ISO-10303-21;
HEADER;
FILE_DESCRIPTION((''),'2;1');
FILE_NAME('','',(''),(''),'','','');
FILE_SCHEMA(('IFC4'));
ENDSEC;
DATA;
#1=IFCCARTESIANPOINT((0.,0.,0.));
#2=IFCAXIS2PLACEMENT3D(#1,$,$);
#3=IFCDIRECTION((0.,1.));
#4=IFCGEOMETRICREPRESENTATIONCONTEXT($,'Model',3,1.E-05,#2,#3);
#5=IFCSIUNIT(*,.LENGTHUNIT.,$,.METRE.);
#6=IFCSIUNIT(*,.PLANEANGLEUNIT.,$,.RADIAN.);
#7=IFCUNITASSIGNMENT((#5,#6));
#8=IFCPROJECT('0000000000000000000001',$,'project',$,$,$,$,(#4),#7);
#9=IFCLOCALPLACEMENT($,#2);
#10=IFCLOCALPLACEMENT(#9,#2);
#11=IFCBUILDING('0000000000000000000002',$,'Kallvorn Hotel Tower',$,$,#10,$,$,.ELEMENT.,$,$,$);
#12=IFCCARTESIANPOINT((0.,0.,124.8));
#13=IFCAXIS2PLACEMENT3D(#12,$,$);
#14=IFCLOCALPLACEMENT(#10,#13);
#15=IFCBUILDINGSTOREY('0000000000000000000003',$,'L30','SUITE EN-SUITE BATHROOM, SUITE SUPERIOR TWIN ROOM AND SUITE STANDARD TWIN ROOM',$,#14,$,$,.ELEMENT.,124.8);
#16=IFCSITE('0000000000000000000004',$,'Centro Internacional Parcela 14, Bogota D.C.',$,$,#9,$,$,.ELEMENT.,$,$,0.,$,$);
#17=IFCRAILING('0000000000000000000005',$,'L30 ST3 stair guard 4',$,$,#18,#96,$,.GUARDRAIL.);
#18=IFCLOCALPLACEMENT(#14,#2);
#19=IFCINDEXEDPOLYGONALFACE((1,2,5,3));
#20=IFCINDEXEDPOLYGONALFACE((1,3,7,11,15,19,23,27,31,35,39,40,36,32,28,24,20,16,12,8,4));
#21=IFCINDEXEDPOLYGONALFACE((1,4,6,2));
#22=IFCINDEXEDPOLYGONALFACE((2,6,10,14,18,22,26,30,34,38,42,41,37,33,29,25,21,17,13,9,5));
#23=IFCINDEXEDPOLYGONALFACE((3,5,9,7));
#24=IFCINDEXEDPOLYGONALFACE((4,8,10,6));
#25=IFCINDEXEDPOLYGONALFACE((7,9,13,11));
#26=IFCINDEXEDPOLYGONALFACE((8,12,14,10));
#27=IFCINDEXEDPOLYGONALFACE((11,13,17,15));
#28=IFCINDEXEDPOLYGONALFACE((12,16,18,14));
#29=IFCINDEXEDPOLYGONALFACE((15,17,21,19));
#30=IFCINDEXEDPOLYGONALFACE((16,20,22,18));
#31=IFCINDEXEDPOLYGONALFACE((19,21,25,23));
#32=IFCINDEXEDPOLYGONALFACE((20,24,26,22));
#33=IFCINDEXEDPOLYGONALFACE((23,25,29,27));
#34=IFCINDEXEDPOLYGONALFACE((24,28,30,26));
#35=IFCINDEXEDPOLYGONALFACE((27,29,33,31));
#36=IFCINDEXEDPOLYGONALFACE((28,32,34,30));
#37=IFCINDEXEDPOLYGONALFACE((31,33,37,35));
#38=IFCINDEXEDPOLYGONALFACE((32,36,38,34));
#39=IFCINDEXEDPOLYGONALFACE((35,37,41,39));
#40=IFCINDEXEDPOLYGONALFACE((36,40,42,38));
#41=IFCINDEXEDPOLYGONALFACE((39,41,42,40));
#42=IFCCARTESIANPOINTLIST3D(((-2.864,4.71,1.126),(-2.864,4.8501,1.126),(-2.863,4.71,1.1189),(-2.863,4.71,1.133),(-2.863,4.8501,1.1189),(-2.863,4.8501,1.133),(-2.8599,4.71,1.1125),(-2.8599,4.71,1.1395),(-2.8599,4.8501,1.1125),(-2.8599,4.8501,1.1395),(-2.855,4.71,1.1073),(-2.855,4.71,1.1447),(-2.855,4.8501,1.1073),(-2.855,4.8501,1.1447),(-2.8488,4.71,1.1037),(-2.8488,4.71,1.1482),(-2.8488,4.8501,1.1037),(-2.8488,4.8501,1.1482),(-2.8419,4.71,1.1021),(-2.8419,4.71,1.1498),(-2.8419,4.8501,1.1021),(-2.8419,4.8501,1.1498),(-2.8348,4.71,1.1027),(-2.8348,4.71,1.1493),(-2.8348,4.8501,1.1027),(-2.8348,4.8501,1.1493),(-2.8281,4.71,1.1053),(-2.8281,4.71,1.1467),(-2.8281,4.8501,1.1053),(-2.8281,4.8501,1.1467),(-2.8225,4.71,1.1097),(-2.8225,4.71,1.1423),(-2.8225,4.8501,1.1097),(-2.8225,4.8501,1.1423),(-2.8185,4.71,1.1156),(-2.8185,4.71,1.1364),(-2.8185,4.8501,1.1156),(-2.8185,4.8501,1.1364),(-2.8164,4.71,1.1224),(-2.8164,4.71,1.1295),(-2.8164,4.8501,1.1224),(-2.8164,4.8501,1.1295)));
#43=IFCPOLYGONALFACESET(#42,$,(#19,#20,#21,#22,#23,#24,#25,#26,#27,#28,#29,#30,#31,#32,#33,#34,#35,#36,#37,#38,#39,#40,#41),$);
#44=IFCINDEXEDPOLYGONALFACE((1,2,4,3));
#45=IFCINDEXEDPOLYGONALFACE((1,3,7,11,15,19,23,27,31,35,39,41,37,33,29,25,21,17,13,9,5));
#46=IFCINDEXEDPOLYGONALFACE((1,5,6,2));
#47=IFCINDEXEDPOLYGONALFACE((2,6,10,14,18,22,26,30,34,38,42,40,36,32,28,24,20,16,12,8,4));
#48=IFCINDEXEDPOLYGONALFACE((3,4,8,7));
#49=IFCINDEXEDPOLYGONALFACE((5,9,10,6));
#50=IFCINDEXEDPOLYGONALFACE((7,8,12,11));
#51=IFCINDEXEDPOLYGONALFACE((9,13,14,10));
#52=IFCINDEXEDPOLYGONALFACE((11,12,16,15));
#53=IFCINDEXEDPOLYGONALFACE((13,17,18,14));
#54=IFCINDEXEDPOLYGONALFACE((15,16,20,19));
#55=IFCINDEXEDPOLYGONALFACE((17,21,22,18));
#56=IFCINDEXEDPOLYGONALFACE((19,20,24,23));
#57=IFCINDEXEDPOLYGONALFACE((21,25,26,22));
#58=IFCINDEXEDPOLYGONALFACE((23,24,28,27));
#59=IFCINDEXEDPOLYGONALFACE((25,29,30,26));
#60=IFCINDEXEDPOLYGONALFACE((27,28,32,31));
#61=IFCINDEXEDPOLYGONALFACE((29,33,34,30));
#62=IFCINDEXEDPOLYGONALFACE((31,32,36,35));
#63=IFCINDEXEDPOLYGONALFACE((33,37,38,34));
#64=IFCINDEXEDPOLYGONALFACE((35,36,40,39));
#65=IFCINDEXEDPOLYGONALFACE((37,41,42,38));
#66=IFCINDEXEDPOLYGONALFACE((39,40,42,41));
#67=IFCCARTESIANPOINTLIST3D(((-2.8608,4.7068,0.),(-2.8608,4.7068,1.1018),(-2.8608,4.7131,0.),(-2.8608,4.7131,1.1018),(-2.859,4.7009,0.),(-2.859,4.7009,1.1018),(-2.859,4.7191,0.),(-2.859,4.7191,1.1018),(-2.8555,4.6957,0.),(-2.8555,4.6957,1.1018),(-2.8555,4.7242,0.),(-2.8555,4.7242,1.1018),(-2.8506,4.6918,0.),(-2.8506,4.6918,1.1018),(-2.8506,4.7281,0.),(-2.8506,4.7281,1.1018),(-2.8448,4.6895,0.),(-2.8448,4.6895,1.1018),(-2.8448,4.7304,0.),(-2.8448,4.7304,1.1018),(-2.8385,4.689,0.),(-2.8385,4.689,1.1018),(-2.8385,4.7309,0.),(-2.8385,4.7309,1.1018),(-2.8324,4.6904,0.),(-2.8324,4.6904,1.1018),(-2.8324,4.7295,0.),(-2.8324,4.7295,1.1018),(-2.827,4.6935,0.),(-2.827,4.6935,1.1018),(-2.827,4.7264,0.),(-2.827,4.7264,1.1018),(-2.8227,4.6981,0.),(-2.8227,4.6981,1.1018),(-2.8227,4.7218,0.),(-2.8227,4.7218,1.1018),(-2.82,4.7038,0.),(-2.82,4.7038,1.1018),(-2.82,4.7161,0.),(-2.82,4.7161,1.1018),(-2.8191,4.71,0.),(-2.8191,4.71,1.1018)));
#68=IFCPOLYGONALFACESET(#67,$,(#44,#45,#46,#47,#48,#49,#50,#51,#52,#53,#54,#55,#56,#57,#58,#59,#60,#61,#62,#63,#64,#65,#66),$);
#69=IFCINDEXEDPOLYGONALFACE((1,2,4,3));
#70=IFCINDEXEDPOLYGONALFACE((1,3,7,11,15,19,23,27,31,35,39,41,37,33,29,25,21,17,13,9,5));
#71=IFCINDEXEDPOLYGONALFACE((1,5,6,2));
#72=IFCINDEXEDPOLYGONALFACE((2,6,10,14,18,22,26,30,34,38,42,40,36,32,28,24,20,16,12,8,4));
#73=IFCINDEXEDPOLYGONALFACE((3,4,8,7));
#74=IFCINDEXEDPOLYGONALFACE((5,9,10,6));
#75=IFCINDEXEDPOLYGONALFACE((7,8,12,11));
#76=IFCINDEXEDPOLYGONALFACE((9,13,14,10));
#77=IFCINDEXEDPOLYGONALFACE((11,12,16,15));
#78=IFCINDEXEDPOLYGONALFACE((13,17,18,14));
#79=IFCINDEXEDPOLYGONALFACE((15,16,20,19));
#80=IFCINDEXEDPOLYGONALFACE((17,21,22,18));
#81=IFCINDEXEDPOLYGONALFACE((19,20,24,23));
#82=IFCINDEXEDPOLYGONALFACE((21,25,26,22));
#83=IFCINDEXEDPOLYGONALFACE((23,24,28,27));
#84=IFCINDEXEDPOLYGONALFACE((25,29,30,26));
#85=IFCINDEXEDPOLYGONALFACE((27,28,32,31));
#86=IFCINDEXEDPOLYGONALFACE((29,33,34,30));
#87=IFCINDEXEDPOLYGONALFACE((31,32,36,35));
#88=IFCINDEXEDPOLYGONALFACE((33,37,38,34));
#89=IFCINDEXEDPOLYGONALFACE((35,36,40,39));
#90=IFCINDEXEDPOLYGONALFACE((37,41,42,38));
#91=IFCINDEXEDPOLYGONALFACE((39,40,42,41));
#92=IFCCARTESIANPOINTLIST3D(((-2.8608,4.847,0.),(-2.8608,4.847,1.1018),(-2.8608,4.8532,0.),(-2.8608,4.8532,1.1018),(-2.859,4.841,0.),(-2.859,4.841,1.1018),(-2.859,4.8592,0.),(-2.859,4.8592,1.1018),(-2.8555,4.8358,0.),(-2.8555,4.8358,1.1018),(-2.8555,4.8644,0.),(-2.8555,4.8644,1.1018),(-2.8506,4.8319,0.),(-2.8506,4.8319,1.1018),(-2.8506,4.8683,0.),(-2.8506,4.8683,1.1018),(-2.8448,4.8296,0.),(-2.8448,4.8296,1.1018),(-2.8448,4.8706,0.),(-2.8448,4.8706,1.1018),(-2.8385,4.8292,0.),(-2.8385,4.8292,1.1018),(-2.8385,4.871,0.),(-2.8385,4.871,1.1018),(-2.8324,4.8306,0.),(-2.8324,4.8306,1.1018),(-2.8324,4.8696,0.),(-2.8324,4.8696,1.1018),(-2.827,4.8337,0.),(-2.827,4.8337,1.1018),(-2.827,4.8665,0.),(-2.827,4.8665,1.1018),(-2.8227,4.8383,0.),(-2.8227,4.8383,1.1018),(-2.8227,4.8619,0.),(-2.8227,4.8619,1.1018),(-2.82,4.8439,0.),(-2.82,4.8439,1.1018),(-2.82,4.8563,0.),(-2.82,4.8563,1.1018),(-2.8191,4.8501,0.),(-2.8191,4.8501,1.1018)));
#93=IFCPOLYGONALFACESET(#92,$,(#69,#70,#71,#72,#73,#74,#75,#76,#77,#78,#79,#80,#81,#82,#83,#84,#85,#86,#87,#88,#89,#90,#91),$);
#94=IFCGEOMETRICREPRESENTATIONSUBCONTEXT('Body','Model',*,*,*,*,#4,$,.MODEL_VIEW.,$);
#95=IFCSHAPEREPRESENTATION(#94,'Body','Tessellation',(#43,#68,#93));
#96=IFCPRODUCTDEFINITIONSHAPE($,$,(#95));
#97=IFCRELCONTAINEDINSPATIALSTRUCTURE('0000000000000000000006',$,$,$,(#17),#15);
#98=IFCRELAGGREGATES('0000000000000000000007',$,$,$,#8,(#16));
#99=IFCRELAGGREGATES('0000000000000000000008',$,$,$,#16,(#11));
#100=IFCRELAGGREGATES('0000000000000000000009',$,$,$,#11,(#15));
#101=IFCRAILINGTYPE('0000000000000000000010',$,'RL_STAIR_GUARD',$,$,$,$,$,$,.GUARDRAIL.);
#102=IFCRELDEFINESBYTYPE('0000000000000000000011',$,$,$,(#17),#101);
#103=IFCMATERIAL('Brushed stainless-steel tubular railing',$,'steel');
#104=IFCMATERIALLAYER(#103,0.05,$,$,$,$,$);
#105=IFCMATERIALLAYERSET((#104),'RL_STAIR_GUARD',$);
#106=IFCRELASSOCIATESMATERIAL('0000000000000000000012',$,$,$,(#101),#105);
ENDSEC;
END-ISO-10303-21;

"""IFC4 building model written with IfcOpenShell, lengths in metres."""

from ifc_helpers import new_model, si_unit, direction, frame, origin, origin_2d, place, context, subcontext, project, spatial, circle, extrude, material, layer, layer_set, type_object, element, save


model = new_model("IFC4")

# Units and contexts
model_context = context("Model", 3, precision=1e-05, world=origin(), true_north=direction((0.0, 1.0)))
body_context = subcontext(model_context, "Body", "Model", "MODEL_VIEW")
ifc_project = project(units=[si_unit("LENGTHUNIT", "METRE"), si_unit("PLANEANGLEUNIT", "RADIAN")], contexts=[model_context])

# Site, building, storey
site_placement = place(None, origin())
site = spatial("IfcSite", under=ifc_project, at=site_placement, Name="Centro Internacional Parcela 14, Bogota D.C.", CompositionType="ELEMENT", RefElevation=0.0)
building_placement = place(site_placement, origin())
building = spatial("IfcBuilding", under=site, at=building_placement, Name="Kallvorn Hotel Tower", CompositionType="ELEMENT")
storey_placement = place(building_placement, frame((0.0, 0.0, 124.8)))
storey = spatial("IfcBuildingStorey", under=building, at=storey_placement, Name="L30", Description="SUITE EN-SUITE BATHROOM, SUITE SUPERIOR TWIN ROOM AND SUITE STANDARD TWIN ROOM", CompositionType="ELEMENT", Elevation=124.8)

# Railing
ifc_material_1 = material(Name="Brushed stainless-steel tubular railing", Category="steel")
ifc_layer_1 = layer(ifc_material_1, 0.05)
ifc_layer_set_1 = layer_set([ifc_layer_1], Name="RL_STAIR_GUARD")
railing_type_1 = type_object("IfcRailingType", Name="RL_STAIR_GUARD", PredefinedType="GUARDRAIL", material=ifc_layer_set_1)
railing_1_placement = place(storey_placement, frame((-2.8401, 4.71, 0.0)))
element("IfcRailing", 1, at=railing_1_placement, inside=storey, type_object=railing_type_1, Name="L30 ST3 stair guard 4", PredefinedType="GUARDRAIL", context=body_context, shape_type="SweptSolid", body=[
    extrude(circle(Radius=0.0239, at=origin_2d()), frame((0.0, 0.0, 1.126), z_axis=(0.0, 1.0, 0.0), x_axis=(-1.0, 0.0, 0.0)), (0.0, 0.0, 1.0), 0.1401),
    extrude(circle(Radius=0.021, at=origin_2d()), origin(), (0.0, 0.0, 1.0), 1.1018),
    extrude(circle(Radius=0.021, at=origin_2d()), frame((0.0, 0.1401, 0.0)), (0.0, 0.0, 1.0), 1.1018),
])

save(model, "model.ifc")
